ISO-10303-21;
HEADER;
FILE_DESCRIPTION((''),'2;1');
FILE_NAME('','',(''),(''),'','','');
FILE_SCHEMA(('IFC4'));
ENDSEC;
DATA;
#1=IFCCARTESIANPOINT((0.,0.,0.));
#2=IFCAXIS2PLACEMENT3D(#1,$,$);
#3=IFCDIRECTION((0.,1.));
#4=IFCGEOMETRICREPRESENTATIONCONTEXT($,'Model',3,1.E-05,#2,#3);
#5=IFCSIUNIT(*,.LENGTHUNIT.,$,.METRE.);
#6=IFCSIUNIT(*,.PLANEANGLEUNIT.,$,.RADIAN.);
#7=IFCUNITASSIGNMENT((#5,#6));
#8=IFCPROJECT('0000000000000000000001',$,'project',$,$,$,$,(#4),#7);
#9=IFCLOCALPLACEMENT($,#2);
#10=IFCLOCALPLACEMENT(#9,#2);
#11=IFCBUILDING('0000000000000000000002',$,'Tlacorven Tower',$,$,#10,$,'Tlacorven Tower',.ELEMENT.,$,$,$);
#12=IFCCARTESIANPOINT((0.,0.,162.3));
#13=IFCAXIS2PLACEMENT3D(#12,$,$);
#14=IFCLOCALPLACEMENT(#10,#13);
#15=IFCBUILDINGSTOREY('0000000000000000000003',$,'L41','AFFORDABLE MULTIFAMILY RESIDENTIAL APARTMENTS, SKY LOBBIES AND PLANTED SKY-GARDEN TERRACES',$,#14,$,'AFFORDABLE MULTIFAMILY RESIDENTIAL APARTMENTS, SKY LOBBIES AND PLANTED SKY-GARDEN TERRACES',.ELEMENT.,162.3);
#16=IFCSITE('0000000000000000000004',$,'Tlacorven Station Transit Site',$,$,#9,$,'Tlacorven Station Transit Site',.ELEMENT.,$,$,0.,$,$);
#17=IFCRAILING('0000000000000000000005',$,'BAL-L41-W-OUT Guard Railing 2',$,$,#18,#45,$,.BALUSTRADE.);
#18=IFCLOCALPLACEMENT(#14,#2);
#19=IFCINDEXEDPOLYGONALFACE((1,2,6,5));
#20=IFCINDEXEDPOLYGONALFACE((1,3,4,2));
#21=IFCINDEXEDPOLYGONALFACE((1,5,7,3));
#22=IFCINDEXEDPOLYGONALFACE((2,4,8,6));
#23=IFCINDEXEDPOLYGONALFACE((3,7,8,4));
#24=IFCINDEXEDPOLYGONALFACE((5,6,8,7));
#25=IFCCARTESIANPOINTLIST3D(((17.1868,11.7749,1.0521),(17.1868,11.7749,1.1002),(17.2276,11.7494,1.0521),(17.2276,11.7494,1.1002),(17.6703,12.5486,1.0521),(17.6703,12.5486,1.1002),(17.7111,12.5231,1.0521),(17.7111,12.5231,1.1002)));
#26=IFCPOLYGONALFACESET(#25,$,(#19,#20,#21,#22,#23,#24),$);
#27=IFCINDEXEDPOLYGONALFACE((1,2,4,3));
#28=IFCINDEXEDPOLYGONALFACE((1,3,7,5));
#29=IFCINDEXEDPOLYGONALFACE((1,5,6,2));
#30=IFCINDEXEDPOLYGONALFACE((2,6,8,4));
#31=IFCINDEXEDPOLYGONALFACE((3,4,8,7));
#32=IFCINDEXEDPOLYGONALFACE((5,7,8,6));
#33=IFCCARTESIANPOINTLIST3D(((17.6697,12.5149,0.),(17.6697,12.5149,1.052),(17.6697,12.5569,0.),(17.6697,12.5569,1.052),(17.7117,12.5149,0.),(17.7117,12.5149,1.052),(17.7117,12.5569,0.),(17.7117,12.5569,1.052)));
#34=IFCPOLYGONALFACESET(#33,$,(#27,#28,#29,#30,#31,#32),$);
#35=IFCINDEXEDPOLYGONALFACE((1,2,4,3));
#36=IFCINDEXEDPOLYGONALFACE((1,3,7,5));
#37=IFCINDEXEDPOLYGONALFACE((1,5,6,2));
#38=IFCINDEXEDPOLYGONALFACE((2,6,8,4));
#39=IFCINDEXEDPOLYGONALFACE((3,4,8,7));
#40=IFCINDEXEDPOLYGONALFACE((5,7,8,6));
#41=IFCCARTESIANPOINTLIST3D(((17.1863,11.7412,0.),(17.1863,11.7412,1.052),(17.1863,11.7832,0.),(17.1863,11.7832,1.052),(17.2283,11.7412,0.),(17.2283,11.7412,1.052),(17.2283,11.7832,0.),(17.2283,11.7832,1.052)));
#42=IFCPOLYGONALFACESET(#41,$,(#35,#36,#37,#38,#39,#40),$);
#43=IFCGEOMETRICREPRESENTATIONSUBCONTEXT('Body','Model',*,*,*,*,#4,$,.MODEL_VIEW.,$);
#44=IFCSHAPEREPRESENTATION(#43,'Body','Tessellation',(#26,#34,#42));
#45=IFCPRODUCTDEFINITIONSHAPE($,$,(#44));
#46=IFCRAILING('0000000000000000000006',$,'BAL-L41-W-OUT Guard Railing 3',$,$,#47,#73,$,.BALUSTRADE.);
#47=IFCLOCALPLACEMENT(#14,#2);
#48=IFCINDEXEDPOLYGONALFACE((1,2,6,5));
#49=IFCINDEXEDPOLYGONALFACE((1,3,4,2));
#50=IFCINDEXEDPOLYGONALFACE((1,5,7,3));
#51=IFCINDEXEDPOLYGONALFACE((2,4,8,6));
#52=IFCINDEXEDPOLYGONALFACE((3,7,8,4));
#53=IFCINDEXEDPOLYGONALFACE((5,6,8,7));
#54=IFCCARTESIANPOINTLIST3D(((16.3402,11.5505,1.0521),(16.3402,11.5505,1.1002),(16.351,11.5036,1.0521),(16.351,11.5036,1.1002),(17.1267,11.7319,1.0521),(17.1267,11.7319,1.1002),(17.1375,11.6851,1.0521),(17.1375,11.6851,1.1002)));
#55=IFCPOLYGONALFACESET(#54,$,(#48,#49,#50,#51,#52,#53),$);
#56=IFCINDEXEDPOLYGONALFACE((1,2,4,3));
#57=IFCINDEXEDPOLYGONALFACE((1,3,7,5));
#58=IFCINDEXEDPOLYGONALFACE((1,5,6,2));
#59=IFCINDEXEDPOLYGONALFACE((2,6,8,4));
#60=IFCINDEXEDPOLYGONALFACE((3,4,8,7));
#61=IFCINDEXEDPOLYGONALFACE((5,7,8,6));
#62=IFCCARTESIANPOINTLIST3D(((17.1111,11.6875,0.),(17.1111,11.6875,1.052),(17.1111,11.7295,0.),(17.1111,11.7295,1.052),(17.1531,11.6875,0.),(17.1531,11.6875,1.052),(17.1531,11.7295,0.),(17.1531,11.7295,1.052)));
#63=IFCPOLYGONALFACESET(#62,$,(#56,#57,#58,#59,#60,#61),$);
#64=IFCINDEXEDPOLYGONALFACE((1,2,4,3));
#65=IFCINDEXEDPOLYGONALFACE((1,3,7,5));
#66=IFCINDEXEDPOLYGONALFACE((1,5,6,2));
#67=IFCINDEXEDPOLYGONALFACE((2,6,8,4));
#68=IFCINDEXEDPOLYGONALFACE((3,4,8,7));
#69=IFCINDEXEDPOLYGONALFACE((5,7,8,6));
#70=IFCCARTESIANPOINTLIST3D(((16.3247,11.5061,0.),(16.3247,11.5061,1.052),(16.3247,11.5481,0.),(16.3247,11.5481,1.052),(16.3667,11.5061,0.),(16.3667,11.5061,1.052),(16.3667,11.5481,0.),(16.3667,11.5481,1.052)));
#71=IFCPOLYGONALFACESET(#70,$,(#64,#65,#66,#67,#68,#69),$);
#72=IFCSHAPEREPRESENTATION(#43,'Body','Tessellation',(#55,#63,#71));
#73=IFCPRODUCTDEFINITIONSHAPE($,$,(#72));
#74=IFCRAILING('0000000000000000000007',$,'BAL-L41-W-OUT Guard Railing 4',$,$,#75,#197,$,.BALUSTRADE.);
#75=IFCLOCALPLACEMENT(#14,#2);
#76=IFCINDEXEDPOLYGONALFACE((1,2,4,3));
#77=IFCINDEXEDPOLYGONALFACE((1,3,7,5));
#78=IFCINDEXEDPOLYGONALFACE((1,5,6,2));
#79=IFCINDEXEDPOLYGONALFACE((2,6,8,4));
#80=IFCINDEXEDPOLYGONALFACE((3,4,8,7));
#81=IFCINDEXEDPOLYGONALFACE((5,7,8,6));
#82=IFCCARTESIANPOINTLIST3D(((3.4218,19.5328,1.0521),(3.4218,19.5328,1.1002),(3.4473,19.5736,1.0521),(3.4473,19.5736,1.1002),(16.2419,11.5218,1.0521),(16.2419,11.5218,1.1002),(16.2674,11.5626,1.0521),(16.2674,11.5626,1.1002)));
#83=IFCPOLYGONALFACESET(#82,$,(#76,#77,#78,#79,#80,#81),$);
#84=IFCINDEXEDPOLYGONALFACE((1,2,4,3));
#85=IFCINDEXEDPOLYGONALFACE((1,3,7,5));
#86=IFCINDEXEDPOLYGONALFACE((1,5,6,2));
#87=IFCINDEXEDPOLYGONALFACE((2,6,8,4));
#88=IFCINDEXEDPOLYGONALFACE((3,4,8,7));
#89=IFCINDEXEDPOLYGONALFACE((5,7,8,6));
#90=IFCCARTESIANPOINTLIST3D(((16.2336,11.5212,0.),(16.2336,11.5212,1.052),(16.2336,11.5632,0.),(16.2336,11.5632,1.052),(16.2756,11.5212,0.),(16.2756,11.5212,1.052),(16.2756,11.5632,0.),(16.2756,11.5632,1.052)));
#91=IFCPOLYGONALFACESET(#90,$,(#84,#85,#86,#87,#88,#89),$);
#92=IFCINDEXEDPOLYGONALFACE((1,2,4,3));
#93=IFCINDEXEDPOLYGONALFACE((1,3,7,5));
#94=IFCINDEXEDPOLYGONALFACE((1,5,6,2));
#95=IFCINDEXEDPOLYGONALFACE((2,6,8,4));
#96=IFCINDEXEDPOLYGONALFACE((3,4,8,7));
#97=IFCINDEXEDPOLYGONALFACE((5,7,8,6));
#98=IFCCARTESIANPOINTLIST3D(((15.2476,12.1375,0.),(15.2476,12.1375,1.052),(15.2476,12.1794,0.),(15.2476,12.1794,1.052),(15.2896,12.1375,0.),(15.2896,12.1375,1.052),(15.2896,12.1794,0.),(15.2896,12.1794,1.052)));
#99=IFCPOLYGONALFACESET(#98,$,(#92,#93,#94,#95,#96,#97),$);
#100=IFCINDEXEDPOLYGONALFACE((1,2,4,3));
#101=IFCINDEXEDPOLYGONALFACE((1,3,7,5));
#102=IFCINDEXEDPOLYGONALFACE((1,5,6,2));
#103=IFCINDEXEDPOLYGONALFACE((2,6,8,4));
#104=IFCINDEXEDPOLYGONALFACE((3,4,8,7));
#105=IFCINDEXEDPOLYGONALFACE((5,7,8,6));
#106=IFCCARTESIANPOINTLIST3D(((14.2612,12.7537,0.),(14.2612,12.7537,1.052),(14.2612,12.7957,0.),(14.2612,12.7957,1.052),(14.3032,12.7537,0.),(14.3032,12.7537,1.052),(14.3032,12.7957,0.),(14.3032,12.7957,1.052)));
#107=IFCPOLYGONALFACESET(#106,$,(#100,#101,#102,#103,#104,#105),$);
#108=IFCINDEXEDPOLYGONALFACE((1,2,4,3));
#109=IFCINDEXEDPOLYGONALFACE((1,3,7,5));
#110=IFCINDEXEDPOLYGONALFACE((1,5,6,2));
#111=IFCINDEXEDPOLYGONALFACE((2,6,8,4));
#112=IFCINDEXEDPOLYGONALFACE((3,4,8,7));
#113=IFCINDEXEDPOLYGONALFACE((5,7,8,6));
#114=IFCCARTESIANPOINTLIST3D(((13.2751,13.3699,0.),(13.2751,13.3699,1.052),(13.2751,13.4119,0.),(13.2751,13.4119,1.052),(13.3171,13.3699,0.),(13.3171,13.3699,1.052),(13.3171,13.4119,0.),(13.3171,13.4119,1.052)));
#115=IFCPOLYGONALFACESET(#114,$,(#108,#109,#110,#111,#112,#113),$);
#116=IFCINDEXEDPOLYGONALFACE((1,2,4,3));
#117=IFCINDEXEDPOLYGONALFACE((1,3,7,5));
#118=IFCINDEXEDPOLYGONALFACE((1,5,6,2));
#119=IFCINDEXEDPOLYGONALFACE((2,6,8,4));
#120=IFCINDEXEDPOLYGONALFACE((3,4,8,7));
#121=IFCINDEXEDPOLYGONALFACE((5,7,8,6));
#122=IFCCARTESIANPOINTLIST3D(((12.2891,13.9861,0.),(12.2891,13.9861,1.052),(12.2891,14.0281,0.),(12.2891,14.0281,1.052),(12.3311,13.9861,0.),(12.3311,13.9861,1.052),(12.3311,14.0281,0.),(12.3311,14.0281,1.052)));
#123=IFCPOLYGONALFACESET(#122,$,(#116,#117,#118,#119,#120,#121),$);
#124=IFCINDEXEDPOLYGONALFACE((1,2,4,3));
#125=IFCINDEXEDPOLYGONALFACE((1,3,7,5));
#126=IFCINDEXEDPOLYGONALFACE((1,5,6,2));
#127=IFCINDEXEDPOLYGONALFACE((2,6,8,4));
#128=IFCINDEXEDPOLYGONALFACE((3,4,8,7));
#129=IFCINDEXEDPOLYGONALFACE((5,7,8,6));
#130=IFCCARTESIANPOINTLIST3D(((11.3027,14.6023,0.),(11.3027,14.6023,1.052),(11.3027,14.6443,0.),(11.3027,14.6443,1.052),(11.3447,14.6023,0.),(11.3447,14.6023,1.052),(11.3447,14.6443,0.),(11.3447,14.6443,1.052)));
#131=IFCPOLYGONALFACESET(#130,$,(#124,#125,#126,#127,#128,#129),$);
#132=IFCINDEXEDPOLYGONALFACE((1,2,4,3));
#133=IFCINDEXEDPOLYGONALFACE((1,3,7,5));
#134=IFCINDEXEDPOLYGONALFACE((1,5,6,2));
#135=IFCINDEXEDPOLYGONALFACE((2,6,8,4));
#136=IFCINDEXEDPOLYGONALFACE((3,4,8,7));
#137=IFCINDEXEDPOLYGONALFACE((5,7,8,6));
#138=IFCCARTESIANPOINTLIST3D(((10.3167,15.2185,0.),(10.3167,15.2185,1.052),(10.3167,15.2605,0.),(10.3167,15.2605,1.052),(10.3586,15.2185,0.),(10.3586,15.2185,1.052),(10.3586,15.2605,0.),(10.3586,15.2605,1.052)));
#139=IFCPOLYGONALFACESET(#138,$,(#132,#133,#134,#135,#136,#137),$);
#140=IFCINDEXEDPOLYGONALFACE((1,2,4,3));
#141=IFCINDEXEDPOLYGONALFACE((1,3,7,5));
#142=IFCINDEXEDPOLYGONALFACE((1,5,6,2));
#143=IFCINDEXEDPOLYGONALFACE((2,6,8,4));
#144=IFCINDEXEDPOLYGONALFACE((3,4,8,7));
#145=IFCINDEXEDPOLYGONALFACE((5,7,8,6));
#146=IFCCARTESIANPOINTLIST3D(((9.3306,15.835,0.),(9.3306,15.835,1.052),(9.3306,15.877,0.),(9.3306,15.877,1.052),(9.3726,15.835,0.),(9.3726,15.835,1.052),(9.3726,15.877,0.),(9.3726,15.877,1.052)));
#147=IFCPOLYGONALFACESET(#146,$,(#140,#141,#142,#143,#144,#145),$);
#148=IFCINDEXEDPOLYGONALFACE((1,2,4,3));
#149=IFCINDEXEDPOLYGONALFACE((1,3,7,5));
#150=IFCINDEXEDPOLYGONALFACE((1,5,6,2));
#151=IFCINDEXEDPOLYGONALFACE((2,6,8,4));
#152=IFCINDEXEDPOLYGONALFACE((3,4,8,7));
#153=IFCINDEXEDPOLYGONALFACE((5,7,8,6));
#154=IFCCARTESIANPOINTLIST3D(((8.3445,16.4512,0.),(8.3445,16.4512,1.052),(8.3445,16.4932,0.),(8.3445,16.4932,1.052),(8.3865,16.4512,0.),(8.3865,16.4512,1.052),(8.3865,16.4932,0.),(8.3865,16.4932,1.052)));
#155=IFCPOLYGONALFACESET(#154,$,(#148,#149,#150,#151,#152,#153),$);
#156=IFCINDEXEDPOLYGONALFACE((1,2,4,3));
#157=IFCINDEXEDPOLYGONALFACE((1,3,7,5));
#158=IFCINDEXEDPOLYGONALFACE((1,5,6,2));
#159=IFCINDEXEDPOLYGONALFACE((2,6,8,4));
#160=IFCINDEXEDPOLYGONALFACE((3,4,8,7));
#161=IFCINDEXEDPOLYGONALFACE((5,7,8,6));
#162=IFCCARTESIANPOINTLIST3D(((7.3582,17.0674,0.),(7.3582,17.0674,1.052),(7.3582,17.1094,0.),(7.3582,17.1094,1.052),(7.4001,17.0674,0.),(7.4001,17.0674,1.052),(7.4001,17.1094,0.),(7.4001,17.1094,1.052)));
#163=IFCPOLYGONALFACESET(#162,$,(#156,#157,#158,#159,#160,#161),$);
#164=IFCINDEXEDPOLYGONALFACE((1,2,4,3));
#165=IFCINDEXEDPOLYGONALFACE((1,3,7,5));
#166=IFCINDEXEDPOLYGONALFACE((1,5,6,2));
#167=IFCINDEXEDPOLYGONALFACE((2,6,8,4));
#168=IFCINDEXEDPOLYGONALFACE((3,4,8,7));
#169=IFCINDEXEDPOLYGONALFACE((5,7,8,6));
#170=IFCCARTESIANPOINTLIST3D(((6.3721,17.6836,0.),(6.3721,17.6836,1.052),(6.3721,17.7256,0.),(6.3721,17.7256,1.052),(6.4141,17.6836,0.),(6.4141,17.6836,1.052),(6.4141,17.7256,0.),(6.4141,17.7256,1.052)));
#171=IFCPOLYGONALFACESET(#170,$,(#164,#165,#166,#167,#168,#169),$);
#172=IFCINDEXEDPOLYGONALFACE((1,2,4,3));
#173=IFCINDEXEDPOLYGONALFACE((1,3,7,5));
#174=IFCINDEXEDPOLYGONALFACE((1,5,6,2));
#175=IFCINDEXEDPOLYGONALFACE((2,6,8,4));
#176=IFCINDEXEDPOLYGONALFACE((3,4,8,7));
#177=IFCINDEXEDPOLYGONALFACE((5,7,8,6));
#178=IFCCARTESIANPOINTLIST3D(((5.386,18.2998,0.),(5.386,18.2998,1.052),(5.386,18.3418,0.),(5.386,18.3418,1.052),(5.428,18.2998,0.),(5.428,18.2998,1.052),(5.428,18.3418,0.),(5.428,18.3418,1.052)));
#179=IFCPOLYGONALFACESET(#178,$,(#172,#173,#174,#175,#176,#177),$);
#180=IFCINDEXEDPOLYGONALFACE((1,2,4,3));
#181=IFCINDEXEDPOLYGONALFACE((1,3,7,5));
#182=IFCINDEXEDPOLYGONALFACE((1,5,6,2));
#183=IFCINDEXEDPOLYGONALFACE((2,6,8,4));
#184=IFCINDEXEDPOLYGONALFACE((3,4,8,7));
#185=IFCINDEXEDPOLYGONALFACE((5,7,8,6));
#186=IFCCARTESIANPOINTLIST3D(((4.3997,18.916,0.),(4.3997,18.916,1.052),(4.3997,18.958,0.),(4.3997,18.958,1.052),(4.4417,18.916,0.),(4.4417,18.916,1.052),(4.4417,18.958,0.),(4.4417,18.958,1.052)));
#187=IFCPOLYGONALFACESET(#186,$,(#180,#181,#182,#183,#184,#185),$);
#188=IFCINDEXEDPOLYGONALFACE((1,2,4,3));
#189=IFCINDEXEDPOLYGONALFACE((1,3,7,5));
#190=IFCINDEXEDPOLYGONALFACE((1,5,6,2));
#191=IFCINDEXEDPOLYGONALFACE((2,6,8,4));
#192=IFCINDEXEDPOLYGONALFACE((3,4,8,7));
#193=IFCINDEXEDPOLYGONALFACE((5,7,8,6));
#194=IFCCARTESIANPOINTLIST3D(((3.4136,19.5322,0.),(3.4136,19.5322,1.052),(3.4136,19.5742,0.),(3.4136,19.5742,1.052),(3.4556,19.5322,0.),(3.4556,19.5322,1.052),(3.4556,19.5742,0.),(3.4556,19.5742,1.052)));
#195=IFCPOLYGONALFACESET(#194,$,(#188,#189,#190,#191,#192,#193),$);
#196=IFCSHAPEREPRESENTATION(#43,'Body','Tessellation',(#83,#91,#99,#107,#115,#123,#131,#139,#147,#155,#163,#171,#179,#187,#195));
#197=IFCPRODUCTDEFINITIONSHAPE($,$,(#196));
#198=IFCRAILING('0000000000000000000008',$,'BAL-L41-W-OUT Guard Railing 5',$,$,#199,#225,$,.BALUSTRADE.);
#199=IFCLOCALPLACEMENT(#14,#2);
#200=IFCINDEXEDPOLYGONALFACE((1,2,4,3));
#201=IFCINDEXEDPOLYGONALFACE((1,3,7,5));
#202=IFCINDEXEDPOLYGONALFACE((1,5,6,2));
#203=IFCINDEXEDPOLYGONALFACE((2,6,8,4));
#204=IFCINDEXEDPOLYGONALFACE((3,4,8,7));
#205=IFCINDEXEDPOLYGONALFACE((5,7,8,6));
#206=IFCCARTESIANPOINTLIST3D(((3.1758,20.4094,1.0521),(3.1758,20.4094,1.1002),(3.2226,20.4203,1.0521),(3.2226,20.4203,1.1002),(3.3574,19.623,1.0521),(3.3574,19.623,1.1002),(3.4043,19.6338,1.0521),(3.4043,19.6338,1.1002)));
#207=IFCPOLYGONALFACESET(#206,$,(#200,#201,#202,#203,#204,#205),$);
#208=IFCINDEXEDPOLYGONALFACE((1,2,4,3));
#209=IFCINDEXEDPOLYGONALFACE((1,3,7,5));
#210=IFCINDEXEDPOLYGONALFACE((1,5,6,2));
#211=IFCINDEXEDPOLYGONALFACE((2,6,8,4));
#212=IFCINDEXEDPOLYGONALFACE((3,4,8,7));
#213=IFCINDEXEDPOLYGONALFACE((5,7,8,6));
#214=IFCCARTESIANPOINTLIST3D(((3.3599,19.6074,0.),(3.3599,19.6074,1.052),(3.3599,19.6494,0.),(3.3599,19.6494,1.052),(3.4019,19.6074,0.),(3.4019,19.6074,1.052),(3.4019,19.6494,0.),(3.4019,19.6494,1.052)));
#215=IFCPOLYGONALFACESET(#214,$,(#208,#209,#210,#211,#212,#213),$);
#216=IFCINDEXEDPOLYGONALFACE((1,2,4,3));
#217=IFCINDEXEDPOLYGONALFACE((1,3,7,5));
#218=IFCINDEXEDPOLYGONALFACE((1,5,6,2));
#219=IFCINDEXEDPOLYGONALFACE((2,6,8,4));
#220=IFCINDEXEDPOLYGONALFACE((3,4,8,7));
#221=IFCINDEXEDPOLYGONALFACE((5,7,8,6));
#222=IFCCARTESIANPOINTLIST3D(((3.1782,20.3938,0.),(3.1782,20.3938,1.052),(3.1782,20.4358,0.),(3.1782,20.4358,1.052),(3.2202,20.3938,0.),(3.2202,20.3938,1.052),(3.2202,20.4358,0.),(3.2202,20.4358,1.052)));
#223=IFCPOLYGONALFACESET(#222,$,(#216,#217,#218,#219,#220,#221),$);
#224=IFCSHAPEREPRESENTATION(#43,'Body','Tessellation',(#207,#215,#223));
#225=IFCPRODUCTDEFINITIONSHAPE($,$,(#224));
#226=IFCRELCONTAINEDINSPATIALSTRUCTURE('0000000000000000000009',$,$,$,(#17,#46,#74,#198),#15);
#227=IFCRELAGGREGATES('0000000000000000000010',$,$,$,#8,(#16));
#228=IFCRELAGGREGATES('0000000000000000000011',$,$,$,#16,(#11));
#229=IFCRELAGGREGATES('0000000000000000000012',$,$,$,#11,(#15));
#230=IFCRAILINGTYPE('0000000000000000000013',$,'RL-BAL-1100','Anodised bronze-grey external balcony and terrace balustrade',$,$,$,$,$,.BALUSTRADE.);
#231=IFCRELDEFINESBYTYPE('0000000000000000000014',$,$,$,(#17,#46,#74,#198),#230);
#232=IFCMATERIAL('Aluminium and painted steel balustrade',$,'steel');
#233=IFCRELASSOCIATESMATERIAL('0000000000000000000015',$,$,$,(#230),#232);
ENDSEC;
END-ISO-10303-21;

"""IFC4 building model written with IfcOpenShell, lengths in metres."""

from ifc_helpers import new_model, si_unit, direction, frame, origin, origin_2d, place, context, subcontext, project, spatial, rectangle, extrude, source, transform, mapped, material, type_object, element, save


model = new_model("IFC4")

# Units and contexts
model_context = context("Model", 3, precision=1e-05, world=origin(), true_north=direction((0.0, 1.0)))
body_context = subcontext(model_context, "Body", "Model", "MODEL_VIEW")
ifc_project = project(units=[si_unit("LENGTHUNIT", "METRE"), si_unit("PLANEANGLEUNIT", "RADIAN")], contexts=[model_context])

# Site, building, storey
site_placement = place(None, origin())
site = spatial("IfcSite", under=ifc_project, at=site_placement, Name="Tlacorven Station Transit Site", LongName="Tlacorven Station Transit Site", CompositionType="ELEMENT", RefElevation=0.0)
building_placement = place(site_placement, origin())
building = spatial("IfcBuilding", under=site, at=building_placement, Name="Tlacorven Tower", LongName="Tlacorven Tower", CompositionType="ELEMENT")
storey_placement = place(building_placement, frame((0.0, 0.0, 162.3)))
storey = spatial("IfcBuildingStorey", under=building, at=storey_placement, Name="L41", Description="AFFORDABLE MULTIFAMILY RESIDENTIAL APARTMENTS, SKY LOBBIES AND PLANTED SKY-GARDEN TERRACES", LongName="AFFORDABLE MULTIFAMILY RESIDENTIAL APARTMENTS, SKY LOBBIES AND PLANTED SKY-GARDEN TERRACES", CompositionType="ELEMENT", Elevation=162.3)

# Railings
ifc_material_1 = material(Name="Aluminium and painted steel balustrade", Category="steel")
railing_type = type_object("IfcRailingType", Name="RL-BAL-1100", Description="Anodised bronze-grey external balcony and terrace balustrade", PredefinedType="BALUSTRADE", material=ifc_material_1)
shared_shape_1 = source(origin(), body_context, "Body", "SweptSolid", [
    extrude(rectangle(XDim=0.0481, YDim=0.0481, at=origin_2d()), frame((0.0, 0.0, 1.0762), z_axis=(-0.529879, -0.848073, 0.0), x_axis=(0.848073, -0.529879, 0.0)), (0.0, 0.0, 1.0), 0.9124),
    extrude(rectangle(XDim=0.042, YDim=0.042, at=origin_2d()), origin(), (0.0, 0.0, 1.0), 1.052),
    extrude(rectangle(XDim=0.042, YDim=0.042, at=origin_2d()), frame((-0.4834, -0.7737, 0.0)), (0.0, 0.0, 1.0), 1.052),
])
railing_1_placement = place(storey_placement, frame((17.6907, 12.5359, 0.0)))
element("IfcRailing", 1, at=railing_1_placement, inside=storey, type_object=railing_type, Name="BAL-L41-W-OUT Guard Railing 2", PredefinedType="BALUSTRADE", context=body_context, shape_type="MappedRepresentation", body=[
    mapped(shared_shape_1, transform((0.0, 0.0, 0.0), scale=1.0)),
])
shared_shape_2 = source(origin(), body_context, "Body", "SweptSolid", [
    extrude(rectangle(XDim=0.0481, YDim=0.0481, at=origin_2d()), frame((0.0, 0.0, 1.0762), z_axis=(-0.974412, -0.224771, 0.0), x_axis=(0.224771, -0.974412, 0.0)), (0.0, 0.0, 1.0), 0.8071),
    extrude(rectangle(XDim=0.042, YDim=0.042, at=origin_2d()), origin(), (0.0, 0.0, 1.0), 1.052),
    extrude(rectangle(XDim=0.042, YDim=0.042, at=origin_2d()), frame((-0.7864, -0.1814, 0.0)), (0.0, 0.0, 1.0), 1.052),
])
railing_2_placement = place(storey_placement, frame((17.1321, 11.7085, 0.0)))
element("IfcRailing", 2, at=railing_2_placement, inside=storey, type_object=railing_type, Name="BAL-L41-W-OUT Guard Railing 3", PredefinedType="BALUSTRADE", context=body_context, shape_type="MappedRepresentation", body=[
    mapped(shared_shape_2, transform((0.0, 0.0, 0.0), scale=1.0)),
])
shared_shape_3 = source(origin(), body_context, "Body", "SweptSolid", [
    extrude(rectangle(XDim=0.0481, YDim=0.0481, at=origin_2d()), frame((0.0, 0.0, 1.0762), z_axis=(-0.848045, 0.529925, 0.0), x_axis=(-0.529925, -0.848045, 0.0)), (0.0, 0.0, 1.0), 15.1172),
    extrude(rectangle(XDim=0.042, YDim=0.042, at=origin_2d()), origin(), (0.0, 0.0, 1.0), 1.052),
    extrude(rectangle(XDim=0.042, YDim=0.042, at=origin_2d()), frame((-0.9861, 0.6162, 0.0)), (0.0, 0.0, 1.0), 1.052),
    extrude(rectangle(XDim=0.042, YDim=0.042, at=origin_2d()), frame((-1.9724, 1.2324, 0.0)), (0.0, 0.0, 1.0), 1.052),
    extrude(rectangle(XDim=0.042, YDim=0.042, at=origin_2d()), frame((-2.9585, 1.8486, 0.0)), (0.0, 0.0, 1.0), 1.052),
    extrude(rectangle(XDim=0.042, YDim=0.042, at=origin_2d()), frame((-3.9446, 2.4648, 0.0)), (0.0, 0.0, 1.0), 1.052),
    extrude(rectangle(XDim=0.042, YDim=0.042, at=origin_2d()), frame((-4.9309, 3.0811, 0.0)), (0.0, 0.0, 1.0), 1.052),
    extrude(rectangle(XDim=0.042, YDim=0.042, at=origin_2d()), frame((-5.917, 3.6973, 0.0)), (0.0, 0.0, 1.0), 1.052),
    extrude(rectangle(XDim=0.042, YDim=0.042, at=origin_2d()), frame((-6.9031, 4.3137, 0.0)), (0.0, 0.0, 1.0), 1.052),
    extrude(rectangle(XDim=0.042, YDim=0.042, at=origin_2d()), frame((-7.8892, 4.9299, 0.0)), (0.0, 0.0, 1.0), 1.052),
    extrude(rectangle(XDim=0.042, YDim=0.042, at=origin_2d()), frame((-8.8755, 5.5461, 0.0)), (0.0, 0.0, 1.0), 1.052),
    extrude(rectangle(XDim=0.042, YDim=0.042, at=origin_2d()), frame((-9.8616, 6.1624, 0.0)), (0.0, 0.0, 1.0), 1.052),
    extrude(rectangle(XDim=0.042, YDim=0.042, at=origin_2d()), frame((-10.8477, 6.7786, 0.0)), (0.0, 0.0, 1.0), 1.052),
    extrude(rectangle(XDim=0.042, YDim=0.042, at=origin_2d()), frame((-11.834, 7.3948, 0.0)), (0.0, 0.0, 1.0), 1.052),
    extrude(rectangle(XDim=0.042, YDim=0.042, at=origin_2d()), frame((-12.8201, 8.011, 0.0)), (0.0, 0.0, 1.0), 1.052),
])
railing_3_placement = place(storey_placement, frame((16.2546, 11.5422, 0.0)))
element("IfcRailing", 3, at=railing_3_placement, inside=storey, type_object=railing_type, Name="BAL-L41-W-OUT Guard Railing 4", PredefinedType="BALUSTRADE", context=body_context, shape_type="MappedRepresentation", body=[
    mapped(shared_shape_3, transform((0.0, 0.0, 0.0), scale=1.0)),
])
shared_shape_4 = source(origin(), body_context, "Body", "SweptSolid", [
    extrude(rectangle(XDim=0.0481, YDim=0.0481, at=origin_2d()), frame((0.0, 0.0, 1.0762), z_axis=(-0.225058, 0.974345, 0.0), x_axis=(-0.974345, -0.225058, 0.0)), (0.0, 0.0, 1.0), 0.8071),
    extrude(rectangle(XDim=0.042, YDim=0.042, at=origin_2d()), origin(), (0.0, 0.0, 1.0), 1.052),
    extrude(rectangle(XDim=0.042, YDim=0.042, at=origin_2d()), frame((-0.1816, 0.7864, 0.0)), (0.0, 0.0, 1.0), 1.052),
])
railing_4_placement = place(storey_placement, frame((3.3809, 19.6284, 0.0)))
element("IfcRailing", 4, at=railing_4_placement, inside=storey, type_object=railing_type, Name="BAL-L41-W-OUT Guard Railing 5", PredefinedType="BALUSTRADE", context=body_context, shape_type="MappedRepresentation", body=[
    mapped(shared_shape_4, transform((0.0, 0.0, 0.0), scale=1.0)),
])

save(model, "model.ifc")
